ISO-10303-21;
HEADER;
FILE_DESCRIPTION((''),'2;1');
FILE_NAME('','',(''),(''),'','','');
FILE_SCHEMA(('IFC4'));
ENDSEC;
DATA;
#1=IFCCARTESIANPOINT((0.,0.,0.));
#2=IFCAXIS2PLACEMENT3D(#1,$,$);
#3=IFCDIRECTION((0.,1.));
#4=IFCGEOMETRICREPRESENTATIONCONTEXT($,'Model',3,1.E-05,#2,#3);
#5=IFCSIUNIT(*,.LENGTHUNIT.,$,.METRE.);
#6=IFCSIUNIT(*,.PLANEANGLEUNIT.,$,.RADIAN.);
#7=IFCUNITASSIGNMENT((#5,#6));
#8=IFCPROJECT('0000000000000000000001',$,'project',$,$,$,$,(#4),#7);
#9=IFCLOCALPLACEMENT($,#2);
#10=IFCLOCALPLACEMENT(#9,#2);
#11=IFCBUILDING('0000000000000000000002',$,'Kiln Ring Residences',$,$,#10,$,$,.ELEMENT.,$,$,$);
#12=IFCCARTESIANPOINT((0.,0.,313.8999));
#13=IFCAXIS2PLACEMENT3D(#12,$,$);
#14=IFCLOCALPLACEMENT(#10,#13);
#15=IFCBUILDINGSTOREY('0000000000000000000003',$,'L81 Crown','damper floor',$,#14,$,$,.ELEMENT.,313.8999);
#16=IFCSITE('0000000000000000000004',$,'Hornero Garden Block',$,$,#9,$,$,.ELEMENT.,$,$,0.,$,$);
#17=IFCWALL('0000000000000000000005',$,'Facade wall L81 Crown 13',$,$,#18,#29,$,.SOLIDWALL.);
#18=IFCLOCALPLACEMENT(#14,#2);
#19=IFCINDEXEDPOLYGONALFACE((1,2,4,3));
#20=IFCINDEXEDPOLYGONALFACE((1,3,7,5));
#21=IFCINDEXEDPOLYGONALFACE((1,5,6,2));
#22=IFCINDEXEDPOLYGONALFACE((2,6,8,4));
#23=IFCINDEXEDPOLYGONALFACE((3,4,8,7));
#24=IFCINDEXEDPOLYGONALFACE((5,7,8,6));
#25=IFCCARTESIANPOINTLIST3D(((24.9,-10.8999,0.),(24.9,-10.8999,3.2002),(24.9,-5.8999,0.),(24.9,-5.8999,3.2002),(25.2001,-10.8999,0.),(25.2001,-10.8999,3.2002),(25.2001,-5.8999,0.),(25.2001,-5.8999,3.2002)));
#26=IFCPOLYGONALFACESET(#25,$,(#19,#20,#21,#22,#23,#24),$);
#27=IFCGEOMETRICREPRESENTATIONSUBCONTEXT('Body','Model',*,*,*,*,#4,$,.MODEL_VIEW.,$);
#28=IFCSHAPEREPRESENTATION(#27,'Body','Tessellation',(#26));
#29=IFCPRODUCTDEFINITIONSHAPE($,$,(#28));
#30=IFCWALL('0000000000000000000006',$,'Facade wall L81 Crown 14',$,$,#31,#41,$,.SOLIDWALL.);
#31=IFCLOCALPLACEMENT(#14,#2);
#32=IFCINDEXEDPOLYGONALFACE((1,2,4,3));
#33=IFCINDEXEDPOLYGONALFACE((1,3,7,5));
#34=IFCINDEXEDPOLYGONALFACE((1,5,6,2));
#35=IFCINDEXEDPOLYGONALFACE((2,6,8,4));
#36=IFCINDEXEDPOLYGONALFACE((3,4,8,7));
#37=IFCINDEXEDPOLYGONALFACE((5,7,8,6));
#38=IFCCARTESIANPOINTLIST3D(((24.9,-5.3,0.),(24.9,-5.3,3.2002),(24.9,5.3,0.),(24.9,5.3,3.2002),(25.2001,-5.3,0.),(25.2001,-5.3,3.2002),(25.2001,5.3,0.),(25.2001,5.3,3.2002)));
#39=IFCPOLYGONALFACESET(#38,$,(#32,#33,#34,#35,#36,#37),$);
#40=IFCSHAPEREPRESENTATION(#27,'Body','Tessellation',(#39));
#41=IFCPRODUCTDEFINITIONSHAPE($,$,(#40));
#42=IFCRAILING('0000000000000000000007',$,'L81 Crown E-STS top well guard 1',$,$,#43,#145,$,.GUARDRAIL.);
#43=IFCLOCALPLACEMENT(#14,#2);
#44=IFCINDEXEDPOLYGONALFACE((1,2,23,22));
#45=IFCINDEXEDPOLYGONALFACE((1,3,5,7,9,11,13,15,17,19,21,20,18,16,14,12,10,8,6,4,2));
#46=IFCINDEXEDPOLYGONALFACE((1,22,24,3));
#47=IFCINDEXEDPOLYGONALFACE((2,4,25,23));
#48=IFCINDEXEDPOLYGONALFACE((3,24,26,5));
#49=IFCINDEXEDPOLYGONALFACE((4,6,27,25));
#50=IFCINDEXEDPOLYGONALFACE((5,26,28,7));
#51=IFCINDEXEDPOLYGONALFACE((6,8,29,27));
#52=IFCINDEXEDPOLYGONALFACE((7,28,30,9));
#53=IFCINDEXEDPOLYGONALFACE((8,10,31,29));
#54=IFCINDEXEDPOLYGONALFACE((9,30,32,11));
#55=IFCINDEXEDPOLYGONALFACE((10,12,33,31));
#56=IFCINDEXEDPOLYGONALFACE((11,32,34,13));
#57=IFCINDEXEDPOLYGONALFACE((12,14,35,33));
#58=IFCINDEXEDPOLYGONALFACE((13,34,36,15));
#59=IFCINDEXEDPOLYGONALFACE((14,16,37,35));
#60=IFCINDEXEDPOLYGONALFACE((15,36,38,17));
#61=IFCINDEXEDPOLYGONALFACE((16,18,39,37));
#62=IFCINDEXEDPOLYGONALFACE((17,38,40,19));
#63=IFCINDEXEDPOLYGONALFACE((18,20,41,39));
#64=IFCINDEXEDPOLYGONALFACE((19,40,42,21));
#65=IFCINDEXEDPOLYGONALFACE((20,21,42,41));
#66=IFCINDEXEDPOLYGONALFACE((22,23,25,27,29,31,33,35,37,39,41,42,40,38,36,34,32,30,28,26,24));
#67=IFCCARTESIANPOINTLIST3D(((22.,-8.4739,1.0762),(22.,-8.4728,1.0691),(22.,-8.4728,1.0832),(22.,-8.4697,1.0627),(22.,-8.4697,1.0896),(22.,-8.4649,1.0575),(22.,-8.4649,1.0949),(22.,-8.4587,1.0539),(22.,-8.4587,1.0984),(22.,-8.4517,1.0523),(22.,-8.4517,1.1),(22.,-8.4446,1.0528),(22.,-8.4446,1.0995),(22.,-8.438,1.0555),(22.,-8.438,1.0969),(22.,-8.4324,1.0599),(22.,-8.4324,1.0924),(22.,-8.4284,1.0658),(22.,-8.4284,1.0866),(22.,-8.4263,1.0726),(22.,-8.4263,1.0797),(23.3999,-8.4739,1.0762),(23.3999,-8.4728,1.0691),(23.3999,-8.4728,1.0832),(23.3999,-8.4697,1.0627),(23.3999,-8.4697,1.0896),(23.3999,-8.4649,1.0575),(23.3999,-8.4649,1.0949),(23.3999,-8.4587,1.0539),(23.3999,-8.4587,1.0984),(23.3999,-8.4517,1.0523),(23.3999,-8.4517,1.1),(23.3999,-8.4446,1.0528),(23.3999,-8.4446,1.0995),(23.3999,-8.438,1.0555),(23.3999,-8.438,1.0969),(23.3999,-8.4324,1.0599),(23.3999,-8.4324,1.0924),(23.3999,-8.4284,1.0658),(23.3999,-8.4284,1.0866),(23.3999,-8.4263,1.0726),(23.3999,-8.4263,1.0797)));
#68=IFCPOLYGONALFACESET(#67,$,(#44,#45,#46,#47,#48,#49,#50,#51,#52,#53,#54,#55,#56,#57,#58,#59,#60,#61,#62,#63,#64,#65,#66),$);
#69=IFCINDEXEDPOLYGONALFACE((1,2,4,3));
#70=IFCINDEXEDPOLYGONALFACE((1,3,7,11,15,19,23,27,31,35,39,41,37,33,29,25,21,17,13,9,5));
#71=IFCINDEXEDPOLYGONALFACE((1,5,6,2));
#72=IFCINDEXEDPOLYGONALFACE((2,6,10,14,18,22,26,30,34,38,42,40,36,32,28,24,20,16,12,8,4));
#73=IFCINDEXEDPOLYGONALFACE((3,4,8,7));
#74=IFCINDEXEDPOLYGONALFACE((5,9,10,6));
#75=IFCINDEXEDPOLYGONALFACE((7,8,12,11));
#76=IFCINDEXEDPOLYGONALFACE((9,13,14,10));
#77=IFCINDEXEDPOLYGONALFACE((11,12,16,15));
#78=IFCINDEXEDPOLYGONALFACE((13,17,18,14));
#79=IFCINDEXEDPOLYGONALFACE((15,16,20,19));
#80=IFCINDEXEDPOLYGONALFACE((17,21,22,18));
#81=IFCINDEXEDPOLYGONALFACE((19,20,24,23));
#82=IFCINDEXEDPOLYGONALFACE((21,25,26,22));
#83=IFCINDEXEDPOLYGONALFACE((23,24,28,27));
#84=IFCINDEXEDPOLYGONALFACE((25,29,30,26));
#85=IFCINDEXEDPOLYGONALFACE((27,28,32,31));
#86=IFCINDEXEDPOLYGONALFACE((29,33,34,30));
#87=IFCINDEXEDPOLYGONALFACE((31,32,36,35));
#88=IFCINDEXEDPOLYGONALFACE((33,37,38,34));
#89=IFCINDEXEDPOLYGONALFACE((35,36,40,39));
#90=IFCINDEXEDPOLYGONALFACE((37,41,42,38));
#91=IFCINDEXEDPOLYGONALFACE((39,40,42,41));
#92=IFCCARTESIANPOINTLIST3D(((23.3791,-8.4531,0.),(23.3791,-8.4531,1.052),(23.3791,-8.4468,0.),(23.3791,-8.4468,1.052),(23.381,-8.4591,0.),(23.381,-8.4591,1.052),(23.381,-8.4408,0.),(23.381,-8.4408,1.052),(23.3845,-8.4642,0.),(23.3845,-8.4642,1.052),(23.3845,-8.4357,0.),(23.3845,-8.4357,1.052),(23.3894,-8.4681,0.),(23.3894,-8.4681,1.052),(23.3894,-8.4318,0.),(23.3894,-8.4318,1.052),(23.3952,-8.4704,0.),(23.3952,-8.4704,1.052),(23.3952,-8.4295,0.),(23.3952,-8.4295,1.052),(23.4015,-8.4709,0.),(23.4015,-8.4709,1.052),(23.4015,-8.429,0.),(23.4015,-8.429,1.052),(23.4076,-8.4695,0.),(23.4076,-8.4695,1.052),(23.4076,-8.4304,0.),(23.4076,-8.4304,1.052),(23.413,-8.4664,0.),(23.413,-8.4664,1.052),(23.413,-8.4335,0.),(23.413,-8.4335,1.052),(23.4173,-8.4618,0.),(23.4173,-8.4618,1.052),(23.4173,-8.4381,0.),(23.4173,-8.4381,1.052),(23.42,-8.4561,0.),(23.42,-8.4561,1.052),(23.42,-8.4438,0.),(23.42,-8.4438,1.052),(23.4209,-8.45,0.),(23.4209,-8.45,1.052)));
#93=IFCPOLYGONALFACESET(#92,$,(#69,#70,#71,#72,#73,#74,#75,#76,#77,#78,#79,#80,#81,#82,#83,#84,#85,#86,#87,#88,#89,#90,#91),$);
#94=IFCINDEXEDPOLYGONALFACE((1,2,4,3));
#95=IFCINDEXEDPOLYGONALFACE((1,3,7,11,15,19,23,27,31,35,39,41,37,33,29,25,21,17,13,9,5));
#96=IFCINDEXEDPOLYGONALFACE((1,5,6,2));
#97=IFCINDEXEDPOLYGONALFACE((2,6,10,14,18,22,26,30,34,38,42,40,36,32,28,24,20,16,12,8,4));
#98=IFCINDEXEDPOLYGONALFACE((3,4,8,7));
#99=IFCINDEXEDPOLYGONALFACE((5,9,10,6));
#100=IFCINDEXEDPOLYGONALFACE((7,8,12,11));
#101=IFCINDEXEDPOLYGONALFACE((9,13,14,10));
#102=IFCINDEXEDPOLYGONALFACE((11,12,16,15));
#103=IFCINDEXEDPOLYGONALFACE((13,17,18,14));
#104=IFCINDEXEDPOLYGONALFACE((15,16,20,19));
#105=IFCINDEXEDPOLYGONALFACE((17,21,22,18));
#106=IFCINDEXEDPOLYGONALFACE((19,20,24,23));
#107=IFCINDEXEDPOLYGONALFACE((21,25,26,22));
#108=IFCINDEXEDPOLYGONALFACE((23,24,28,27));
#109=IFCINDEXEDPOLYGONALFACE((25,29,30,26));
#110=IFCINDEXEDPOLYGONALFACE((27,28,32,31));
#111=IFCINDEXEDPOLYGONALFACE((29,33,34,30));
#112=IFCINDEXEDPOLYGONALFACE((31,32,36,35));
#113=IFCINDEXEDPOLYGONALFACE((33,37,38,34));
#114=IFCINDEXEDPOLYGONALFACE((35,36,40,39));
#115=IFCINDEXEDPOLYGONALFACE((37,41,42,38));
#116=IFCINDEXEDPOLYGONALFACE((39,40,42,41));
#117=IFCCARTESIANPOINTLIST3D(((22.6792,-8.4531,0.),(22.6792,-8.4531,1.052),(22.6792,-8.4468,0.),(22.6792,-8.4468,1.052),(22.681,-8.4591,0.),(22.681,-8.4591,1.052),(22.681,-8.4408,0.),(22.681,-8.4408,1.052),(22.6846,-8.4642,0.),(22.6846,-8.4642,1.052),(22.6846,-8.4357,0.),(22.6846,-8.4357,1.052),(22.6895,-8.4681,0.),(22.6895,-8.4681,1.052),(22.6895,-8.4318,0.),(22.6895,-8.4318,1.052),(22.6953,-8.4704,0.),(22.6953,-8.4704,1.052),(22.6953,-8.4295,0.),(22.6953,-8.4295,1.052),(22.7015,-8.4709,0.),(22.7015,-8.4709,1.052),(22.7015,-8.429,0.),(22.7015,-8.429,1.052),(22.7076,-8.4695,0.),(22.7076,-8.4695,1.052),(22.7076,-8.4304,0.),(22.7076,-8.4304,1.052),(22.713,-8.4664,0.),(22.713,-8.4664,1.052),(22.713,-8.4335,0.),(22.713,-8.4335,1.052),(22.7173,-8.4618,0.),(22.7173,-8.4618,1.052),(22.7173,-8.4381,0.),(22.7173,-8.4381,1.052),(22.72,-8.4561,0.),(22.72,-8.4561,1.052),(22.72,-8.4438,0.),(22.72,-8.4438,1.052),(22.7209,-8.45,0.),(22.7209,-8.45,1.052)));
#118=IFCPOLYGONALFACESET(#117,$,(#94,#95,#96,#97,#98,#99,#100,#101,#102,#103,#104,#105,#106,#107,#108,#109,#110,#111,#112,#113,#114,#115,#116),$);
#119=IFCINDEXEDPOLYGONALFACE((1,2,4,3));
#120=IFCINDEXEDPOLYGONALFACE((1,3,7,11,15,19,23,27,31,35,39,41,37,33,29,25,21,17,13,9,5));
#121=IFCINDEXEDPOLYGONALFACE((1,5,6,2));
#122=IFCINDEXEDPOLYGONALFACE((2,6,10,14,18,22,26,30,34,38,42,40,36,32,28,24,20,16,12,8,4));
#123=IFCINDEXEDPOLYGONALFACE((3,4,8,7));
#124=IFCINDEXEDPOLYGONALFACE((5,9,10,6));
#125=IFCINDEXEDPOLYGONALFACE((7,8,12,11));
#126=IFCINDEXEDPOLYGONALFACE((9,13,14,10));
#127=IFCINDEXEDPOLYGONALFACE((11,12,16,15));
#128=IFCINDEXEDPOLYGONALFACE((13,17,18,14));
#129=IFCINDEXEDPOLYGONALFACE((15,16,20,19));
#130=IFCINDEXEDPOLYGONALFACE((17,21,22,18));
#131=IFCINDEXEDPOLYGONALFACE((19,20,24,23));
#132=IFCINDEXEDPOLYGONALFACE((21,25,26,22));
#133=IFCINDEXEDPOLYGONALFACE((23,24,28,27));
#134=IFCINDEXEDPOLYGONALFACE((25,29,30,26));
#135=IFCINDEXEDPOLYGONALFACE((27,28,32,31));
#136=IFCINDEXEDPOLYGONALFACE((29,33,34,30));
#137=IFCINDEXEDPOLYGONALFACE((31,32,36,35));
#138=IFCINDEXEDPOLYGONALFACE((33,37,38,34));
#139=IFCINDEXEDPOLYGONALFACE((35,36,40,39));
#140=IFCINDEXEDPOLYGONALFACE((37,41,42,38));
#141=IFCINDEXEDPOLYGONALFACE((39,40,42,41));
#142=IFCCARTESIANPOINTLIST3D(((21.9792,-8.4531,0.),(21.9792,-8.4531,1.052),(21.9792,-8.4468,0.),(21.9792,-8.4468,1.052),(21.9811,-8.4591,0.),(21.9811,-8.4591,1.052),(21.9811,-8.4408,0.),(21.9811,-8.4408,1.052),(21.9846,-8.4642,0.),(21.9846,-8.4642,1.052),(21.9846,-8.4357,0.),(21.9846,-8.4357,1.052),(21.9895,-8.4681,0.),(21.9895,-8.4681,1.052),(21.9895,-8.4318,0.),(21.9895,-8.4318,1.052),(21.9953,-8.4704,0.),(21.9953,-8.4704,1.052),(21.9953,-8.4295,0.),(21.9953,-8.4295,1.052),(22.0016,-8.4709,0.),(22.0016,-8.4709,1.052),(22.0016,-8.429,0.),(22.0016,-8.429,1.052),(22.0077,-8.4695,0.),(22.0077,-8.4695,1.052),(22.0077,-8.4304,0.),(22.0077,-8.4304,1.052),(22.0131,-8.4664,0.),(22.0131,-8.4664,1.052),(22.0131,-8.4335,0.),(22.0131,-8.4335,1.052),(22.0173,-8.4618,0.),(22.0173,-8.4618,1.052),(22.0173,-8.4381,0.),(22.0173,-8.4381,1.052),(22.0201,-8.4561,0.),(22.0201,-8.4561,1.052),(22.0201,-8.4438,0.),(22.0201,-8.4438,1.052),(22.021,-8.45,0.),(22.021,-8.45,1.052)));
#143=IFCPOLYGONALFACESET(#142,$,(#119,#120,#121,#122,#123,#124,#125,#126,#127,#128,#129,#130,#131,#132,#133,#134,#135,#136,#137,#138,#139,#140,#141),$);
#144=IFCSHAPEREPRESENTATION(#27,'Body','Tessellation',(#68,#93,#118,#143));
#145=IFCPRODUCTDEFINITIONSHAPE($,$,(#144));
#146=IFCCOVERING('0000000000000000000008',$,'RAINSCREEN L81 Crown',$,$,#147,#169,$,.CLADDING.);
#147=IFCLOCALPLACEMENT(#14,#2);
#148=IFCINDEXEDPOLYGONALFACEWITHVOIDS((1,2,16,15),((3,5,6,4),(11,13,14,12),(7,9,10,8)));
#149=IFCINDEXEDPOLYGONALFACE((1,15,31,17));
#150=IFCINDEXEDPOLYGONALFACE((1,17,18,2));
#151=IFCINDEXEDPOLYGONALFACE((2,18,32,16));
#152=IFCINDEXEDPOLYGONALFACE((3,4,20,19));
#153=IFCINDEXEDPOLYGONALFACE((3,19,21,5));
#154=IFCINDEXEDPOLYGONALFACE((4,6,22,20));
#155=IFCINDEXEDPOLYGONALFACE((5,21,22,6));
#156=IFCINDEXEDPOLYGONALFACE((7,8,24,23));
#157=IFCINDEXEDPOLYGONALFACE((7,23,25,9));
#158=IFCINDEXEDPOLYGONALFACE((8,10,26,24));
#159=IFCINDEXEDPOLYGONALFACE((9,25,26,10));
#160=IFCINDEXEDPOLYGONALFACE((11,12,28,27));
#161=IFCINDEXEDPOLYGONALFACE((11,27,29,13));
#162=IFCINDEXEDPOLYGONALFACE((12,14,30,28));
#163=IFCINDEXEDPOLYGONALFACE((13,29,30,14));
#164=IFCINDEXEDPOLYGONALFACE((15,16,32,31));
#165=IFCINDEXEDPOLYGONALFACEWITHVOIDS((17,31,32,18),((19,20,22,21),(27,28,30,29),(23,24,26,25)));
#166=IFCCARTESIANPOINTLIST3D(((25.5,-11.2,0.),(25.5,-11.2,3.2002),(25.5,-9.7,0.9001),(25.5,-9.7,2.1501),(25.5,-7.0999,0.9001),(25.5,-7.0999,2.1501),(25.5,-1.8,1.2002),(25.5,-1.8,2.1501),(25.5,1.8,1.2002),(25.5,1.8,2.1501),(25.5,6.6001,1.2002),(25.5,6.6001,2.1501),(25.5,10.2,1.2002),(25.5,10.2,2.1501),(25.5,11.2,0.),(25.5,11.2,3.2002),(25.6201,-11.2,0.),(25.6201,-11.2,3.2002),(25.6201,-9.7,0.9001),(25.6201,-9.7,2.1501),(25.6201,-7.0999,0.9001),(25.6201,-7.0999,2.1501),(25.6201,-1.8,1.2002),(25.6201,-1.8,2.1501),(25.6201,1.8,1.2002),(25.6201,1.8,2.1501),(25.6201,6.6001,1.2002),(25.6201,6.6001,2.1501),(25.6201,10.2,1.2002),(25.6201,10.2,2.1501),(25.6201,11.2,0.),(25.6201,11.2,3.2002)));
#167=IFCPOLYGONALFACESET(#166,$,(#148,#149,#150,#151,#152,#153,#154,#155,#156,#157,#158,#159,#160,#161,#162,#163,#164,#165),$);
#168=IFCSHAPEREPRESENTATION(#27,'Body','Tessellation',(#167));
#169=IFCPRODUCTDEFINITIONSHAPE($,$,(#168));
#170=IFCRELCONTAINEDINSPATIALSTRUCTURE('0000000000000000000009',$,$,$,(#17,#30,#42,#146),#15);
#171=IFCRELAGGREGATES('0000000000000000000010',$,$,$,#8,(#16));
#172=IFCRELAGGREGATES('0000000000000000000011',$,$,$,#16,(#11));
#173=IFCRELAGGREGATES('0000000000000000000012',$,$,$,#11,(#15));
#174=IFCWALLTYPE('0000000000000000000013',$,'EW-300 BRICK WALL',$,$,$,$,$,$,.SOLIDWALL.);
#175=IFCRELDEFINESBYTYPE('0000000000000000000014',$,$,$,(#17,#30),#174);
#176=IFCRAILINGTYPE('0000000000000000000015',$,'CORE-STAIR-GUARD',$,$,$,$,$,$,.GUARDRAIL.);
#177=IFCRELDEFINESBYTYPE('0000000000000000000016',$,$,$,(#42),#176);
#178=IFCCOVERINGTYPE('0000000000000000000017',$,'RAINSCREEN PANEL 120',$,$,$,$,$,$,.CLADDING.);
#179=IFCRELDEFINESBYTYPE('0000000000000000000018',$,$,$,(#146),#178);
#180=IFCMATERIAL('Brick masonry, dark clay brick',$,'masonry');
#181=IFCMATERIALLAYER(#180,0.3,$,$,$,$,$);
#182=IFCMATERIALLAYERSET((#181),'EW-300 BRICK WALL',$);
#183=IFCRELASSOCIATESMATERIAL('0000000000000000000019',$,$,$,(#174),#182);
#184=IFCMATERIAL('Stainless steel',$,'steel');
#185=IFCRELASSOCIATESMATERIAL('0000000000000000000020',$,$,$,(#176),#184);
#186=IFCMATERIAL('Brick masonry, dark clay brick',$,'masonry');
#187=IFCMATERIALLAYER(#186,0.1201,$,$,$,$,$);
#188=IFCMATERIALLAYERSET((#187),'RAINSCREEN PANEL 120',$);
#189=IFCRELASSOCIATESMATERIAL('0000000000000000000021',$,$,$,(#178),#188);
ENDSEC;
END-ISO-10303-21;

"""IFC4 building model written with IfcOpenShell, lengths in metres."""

from ifc_helpers import new_model, si_unit, direction, frame, frame_2d, origin, origin_2d, place, context, subcontext, project, spatial, polyline, rectangle, circle, outline, extrude, material, layer, layer_set, type_object, element, save


model = new_model("IFC4")

# Units and contexts
model_context = context("Model", 3, precision=1e-05, world=origin(), true_north=direction((0.0, 1.0)))
body_context = subcontext(model_context, "Body", "Model", "MODEL_VIEW")
ifc_project = project(units=[si_unit("LENGTHUNIT", "METRE"), si_unit("PLANEANGLEUNIT", "RADIAN")], contexts=[model_context])

# Site, building, storey
site_placement = place(None, origin())
site = spatial("IfcSite", under=ifc_project, at=site_placement, Name="Hornero Garden Block", CompositionType="ELEMENT", RefElevation=0.0)
building_placement = place(site_placement, origin())
building = spatial("IfcBuilding", under=site, at=building_placement, Name="Kiln Ring Residences", CompositionType="ELEMENT")
storey_placement = place(building_placement, frame((0.0, 0.0, 313.8999)))
storey = spatial("IfcBuildingStorey", under=building, at=storey_placement, Name="L81 Crown", Description="damper floor", CompositionType="ELEMENT", Elevation=313.8999)

# Walls
ifc_material_1 = material(Name="Brick masonry, dark clay brick", Category="masonry")
ifc_layer_1 = layer(ifc_material_1, 0.3)
ifc_layer_set_1 = layer_set([ifc_layer_1], Name="EW-300 BRICK WALL")
wall_type_1 = type_object("IfcWallType", Name="EW-300 BRICK WALL", PredefinedType="SOLIDWALL", material=ifc_layer_set_1)
wall_1_placement = place(storey_placement, frame((25.05, -10.8999, 0.0), z_axis=(0.0, 0.0, 1.0), x_axis=(0.0, 1.0, 0.0)))
element("IfcWall", 1, at=wall_1_placement, inside=storey, type_object=wall_type_1, Name="Facade wall L81 Crown 13", PredefinedType="SOLIDWALL", context=body_context, shape_type="SweptSolid", body=[
    extrude(rectangle(XDim=5.0, YDim=0.3, at=frame_2d((2.5, 0.0))), origin(), (0.0, 0.0, 1.0), 3.2002),
])
wall_2_placement = place(storey_placement, frame((25.05, -5.3, 0.0), z_axis=(0.0, 0.0, 1.0), x_axis=(0.0, 1.0, 0.0)))
element("IfcWall", 2, at=wall_2_placement, inside=storey, type_object=wall_type_1, Name="Facade wall L81 Crown 14", PredefinedType="SOLIDWALL", context=body_context, shape_type="SweptSolid", body=[
    extrude(rectangle(XDim=10.6001, YDim=0.3, at=frame_2d((5.3, 0.0))), origin(), (0.0, 0.0, 1.0), 3.2002),
])

# Railing
ifc_material_2 = material(Name="Stainless steel", Category="steel")
railing_type = type_object("IfcRailingType", Name="CORE-STAIR-GUARD", PredefinedType="GUARDRAIL", material=ifc_material_2)
railing_placement = place(storey_placement, frame((23.3999, -8.45, 0.0)))
element("IfcRailing", 3, at=railing_placement, inside=storey, type_object=railing_type, Name="L81 Crown E-STS top well guard 1", PredefinedType="GUARDRAIL", context=body_context, shape_type="SweptSolid", body=[
    extrude(circle(Radius=0.0239, at=origin_2d()), frame((0.0, 0.0, 1.0762), z_axis=(-1.0, 0.0, 0.0), x_axis=(0.0, -1.0, 0.0)), (0.0, 0.0, 1.0), 1.3999),
    extrude(circle(Radius=0.021, at=origin_2d()), origin(), (0.0, 0.0, 1.0), 1.052),
    extrude(circle(Radius=0.021, at=origin_2d()), frame((-0.7, 0.0, 0.0)), (0.0, 0.0, 1.0), 1.052),
    extrude(circle(Radius=0.021, at=origin_2d()), frame((-1.3999, 0.0, 0.0)), (0.0, 0.0, 1.0), 1.052),
])

# Covering
ifc_material_3 = material(Name="Brick masonry, dark clay brick", Category="masonry")
ifc_layer_2 = layer(ifc_material_3, 0.1201)
ifc_layer_set_2 = layer_set([ifc_layer_2], Name="RAINSCREEN PANEL 120")
covering_type = type_object("IfcCoveringType", Name="RAINSCREEN PANEL 120", PredefinedType="CLADDING", material=ifc_layer_set_2)
covering_placement = place(storey_placement, frame((25.5601, -11.2, 0.0), z_axis=(0.0, 0.0, 1.0), x_axis=(0.0, 1.0, 0.0)))
element("IfcCovering", 4, at=covering_placement, inside=storey, type_object=covering_type, Name="RAINSCREEN L81 Crown", PredefinedType="CLADDING", context=body_context, shape_type="SweptSolid", body=[
    extrude(outline(polyline([(0.0, 0.0), (22.3999, 0.0), (22.3999, 3.2002), (0.0, 3.2002), (0.0, 0.0)]), holes=[polyline([(4.1001, 2.1501), (1.5, 2.1501), (1.5, 0.9001), (4.1001, 0.9001), (4.1001, 2.1501)]), polyline([(13.0, 1.2002), (13.0, 2.1501), (9.3999, 2.1501), (9.3999, 1.2002), (13.0, 1.2002)]), polyline([(21.3999, 1.2002), (21.3999, 2.1501), (17.8, 2.1501), (17.8, 1.2002), (21.3999, 1.2002)])]), frame((0.0, 0.0601, 0.0), z_axis=(0.0, -1.0, 0.0), x_axis=(1.0, 0.0, 0.0)), (0.0, 0.0, 1.0), 0.1201),
])

save(model, "model.ifc")
